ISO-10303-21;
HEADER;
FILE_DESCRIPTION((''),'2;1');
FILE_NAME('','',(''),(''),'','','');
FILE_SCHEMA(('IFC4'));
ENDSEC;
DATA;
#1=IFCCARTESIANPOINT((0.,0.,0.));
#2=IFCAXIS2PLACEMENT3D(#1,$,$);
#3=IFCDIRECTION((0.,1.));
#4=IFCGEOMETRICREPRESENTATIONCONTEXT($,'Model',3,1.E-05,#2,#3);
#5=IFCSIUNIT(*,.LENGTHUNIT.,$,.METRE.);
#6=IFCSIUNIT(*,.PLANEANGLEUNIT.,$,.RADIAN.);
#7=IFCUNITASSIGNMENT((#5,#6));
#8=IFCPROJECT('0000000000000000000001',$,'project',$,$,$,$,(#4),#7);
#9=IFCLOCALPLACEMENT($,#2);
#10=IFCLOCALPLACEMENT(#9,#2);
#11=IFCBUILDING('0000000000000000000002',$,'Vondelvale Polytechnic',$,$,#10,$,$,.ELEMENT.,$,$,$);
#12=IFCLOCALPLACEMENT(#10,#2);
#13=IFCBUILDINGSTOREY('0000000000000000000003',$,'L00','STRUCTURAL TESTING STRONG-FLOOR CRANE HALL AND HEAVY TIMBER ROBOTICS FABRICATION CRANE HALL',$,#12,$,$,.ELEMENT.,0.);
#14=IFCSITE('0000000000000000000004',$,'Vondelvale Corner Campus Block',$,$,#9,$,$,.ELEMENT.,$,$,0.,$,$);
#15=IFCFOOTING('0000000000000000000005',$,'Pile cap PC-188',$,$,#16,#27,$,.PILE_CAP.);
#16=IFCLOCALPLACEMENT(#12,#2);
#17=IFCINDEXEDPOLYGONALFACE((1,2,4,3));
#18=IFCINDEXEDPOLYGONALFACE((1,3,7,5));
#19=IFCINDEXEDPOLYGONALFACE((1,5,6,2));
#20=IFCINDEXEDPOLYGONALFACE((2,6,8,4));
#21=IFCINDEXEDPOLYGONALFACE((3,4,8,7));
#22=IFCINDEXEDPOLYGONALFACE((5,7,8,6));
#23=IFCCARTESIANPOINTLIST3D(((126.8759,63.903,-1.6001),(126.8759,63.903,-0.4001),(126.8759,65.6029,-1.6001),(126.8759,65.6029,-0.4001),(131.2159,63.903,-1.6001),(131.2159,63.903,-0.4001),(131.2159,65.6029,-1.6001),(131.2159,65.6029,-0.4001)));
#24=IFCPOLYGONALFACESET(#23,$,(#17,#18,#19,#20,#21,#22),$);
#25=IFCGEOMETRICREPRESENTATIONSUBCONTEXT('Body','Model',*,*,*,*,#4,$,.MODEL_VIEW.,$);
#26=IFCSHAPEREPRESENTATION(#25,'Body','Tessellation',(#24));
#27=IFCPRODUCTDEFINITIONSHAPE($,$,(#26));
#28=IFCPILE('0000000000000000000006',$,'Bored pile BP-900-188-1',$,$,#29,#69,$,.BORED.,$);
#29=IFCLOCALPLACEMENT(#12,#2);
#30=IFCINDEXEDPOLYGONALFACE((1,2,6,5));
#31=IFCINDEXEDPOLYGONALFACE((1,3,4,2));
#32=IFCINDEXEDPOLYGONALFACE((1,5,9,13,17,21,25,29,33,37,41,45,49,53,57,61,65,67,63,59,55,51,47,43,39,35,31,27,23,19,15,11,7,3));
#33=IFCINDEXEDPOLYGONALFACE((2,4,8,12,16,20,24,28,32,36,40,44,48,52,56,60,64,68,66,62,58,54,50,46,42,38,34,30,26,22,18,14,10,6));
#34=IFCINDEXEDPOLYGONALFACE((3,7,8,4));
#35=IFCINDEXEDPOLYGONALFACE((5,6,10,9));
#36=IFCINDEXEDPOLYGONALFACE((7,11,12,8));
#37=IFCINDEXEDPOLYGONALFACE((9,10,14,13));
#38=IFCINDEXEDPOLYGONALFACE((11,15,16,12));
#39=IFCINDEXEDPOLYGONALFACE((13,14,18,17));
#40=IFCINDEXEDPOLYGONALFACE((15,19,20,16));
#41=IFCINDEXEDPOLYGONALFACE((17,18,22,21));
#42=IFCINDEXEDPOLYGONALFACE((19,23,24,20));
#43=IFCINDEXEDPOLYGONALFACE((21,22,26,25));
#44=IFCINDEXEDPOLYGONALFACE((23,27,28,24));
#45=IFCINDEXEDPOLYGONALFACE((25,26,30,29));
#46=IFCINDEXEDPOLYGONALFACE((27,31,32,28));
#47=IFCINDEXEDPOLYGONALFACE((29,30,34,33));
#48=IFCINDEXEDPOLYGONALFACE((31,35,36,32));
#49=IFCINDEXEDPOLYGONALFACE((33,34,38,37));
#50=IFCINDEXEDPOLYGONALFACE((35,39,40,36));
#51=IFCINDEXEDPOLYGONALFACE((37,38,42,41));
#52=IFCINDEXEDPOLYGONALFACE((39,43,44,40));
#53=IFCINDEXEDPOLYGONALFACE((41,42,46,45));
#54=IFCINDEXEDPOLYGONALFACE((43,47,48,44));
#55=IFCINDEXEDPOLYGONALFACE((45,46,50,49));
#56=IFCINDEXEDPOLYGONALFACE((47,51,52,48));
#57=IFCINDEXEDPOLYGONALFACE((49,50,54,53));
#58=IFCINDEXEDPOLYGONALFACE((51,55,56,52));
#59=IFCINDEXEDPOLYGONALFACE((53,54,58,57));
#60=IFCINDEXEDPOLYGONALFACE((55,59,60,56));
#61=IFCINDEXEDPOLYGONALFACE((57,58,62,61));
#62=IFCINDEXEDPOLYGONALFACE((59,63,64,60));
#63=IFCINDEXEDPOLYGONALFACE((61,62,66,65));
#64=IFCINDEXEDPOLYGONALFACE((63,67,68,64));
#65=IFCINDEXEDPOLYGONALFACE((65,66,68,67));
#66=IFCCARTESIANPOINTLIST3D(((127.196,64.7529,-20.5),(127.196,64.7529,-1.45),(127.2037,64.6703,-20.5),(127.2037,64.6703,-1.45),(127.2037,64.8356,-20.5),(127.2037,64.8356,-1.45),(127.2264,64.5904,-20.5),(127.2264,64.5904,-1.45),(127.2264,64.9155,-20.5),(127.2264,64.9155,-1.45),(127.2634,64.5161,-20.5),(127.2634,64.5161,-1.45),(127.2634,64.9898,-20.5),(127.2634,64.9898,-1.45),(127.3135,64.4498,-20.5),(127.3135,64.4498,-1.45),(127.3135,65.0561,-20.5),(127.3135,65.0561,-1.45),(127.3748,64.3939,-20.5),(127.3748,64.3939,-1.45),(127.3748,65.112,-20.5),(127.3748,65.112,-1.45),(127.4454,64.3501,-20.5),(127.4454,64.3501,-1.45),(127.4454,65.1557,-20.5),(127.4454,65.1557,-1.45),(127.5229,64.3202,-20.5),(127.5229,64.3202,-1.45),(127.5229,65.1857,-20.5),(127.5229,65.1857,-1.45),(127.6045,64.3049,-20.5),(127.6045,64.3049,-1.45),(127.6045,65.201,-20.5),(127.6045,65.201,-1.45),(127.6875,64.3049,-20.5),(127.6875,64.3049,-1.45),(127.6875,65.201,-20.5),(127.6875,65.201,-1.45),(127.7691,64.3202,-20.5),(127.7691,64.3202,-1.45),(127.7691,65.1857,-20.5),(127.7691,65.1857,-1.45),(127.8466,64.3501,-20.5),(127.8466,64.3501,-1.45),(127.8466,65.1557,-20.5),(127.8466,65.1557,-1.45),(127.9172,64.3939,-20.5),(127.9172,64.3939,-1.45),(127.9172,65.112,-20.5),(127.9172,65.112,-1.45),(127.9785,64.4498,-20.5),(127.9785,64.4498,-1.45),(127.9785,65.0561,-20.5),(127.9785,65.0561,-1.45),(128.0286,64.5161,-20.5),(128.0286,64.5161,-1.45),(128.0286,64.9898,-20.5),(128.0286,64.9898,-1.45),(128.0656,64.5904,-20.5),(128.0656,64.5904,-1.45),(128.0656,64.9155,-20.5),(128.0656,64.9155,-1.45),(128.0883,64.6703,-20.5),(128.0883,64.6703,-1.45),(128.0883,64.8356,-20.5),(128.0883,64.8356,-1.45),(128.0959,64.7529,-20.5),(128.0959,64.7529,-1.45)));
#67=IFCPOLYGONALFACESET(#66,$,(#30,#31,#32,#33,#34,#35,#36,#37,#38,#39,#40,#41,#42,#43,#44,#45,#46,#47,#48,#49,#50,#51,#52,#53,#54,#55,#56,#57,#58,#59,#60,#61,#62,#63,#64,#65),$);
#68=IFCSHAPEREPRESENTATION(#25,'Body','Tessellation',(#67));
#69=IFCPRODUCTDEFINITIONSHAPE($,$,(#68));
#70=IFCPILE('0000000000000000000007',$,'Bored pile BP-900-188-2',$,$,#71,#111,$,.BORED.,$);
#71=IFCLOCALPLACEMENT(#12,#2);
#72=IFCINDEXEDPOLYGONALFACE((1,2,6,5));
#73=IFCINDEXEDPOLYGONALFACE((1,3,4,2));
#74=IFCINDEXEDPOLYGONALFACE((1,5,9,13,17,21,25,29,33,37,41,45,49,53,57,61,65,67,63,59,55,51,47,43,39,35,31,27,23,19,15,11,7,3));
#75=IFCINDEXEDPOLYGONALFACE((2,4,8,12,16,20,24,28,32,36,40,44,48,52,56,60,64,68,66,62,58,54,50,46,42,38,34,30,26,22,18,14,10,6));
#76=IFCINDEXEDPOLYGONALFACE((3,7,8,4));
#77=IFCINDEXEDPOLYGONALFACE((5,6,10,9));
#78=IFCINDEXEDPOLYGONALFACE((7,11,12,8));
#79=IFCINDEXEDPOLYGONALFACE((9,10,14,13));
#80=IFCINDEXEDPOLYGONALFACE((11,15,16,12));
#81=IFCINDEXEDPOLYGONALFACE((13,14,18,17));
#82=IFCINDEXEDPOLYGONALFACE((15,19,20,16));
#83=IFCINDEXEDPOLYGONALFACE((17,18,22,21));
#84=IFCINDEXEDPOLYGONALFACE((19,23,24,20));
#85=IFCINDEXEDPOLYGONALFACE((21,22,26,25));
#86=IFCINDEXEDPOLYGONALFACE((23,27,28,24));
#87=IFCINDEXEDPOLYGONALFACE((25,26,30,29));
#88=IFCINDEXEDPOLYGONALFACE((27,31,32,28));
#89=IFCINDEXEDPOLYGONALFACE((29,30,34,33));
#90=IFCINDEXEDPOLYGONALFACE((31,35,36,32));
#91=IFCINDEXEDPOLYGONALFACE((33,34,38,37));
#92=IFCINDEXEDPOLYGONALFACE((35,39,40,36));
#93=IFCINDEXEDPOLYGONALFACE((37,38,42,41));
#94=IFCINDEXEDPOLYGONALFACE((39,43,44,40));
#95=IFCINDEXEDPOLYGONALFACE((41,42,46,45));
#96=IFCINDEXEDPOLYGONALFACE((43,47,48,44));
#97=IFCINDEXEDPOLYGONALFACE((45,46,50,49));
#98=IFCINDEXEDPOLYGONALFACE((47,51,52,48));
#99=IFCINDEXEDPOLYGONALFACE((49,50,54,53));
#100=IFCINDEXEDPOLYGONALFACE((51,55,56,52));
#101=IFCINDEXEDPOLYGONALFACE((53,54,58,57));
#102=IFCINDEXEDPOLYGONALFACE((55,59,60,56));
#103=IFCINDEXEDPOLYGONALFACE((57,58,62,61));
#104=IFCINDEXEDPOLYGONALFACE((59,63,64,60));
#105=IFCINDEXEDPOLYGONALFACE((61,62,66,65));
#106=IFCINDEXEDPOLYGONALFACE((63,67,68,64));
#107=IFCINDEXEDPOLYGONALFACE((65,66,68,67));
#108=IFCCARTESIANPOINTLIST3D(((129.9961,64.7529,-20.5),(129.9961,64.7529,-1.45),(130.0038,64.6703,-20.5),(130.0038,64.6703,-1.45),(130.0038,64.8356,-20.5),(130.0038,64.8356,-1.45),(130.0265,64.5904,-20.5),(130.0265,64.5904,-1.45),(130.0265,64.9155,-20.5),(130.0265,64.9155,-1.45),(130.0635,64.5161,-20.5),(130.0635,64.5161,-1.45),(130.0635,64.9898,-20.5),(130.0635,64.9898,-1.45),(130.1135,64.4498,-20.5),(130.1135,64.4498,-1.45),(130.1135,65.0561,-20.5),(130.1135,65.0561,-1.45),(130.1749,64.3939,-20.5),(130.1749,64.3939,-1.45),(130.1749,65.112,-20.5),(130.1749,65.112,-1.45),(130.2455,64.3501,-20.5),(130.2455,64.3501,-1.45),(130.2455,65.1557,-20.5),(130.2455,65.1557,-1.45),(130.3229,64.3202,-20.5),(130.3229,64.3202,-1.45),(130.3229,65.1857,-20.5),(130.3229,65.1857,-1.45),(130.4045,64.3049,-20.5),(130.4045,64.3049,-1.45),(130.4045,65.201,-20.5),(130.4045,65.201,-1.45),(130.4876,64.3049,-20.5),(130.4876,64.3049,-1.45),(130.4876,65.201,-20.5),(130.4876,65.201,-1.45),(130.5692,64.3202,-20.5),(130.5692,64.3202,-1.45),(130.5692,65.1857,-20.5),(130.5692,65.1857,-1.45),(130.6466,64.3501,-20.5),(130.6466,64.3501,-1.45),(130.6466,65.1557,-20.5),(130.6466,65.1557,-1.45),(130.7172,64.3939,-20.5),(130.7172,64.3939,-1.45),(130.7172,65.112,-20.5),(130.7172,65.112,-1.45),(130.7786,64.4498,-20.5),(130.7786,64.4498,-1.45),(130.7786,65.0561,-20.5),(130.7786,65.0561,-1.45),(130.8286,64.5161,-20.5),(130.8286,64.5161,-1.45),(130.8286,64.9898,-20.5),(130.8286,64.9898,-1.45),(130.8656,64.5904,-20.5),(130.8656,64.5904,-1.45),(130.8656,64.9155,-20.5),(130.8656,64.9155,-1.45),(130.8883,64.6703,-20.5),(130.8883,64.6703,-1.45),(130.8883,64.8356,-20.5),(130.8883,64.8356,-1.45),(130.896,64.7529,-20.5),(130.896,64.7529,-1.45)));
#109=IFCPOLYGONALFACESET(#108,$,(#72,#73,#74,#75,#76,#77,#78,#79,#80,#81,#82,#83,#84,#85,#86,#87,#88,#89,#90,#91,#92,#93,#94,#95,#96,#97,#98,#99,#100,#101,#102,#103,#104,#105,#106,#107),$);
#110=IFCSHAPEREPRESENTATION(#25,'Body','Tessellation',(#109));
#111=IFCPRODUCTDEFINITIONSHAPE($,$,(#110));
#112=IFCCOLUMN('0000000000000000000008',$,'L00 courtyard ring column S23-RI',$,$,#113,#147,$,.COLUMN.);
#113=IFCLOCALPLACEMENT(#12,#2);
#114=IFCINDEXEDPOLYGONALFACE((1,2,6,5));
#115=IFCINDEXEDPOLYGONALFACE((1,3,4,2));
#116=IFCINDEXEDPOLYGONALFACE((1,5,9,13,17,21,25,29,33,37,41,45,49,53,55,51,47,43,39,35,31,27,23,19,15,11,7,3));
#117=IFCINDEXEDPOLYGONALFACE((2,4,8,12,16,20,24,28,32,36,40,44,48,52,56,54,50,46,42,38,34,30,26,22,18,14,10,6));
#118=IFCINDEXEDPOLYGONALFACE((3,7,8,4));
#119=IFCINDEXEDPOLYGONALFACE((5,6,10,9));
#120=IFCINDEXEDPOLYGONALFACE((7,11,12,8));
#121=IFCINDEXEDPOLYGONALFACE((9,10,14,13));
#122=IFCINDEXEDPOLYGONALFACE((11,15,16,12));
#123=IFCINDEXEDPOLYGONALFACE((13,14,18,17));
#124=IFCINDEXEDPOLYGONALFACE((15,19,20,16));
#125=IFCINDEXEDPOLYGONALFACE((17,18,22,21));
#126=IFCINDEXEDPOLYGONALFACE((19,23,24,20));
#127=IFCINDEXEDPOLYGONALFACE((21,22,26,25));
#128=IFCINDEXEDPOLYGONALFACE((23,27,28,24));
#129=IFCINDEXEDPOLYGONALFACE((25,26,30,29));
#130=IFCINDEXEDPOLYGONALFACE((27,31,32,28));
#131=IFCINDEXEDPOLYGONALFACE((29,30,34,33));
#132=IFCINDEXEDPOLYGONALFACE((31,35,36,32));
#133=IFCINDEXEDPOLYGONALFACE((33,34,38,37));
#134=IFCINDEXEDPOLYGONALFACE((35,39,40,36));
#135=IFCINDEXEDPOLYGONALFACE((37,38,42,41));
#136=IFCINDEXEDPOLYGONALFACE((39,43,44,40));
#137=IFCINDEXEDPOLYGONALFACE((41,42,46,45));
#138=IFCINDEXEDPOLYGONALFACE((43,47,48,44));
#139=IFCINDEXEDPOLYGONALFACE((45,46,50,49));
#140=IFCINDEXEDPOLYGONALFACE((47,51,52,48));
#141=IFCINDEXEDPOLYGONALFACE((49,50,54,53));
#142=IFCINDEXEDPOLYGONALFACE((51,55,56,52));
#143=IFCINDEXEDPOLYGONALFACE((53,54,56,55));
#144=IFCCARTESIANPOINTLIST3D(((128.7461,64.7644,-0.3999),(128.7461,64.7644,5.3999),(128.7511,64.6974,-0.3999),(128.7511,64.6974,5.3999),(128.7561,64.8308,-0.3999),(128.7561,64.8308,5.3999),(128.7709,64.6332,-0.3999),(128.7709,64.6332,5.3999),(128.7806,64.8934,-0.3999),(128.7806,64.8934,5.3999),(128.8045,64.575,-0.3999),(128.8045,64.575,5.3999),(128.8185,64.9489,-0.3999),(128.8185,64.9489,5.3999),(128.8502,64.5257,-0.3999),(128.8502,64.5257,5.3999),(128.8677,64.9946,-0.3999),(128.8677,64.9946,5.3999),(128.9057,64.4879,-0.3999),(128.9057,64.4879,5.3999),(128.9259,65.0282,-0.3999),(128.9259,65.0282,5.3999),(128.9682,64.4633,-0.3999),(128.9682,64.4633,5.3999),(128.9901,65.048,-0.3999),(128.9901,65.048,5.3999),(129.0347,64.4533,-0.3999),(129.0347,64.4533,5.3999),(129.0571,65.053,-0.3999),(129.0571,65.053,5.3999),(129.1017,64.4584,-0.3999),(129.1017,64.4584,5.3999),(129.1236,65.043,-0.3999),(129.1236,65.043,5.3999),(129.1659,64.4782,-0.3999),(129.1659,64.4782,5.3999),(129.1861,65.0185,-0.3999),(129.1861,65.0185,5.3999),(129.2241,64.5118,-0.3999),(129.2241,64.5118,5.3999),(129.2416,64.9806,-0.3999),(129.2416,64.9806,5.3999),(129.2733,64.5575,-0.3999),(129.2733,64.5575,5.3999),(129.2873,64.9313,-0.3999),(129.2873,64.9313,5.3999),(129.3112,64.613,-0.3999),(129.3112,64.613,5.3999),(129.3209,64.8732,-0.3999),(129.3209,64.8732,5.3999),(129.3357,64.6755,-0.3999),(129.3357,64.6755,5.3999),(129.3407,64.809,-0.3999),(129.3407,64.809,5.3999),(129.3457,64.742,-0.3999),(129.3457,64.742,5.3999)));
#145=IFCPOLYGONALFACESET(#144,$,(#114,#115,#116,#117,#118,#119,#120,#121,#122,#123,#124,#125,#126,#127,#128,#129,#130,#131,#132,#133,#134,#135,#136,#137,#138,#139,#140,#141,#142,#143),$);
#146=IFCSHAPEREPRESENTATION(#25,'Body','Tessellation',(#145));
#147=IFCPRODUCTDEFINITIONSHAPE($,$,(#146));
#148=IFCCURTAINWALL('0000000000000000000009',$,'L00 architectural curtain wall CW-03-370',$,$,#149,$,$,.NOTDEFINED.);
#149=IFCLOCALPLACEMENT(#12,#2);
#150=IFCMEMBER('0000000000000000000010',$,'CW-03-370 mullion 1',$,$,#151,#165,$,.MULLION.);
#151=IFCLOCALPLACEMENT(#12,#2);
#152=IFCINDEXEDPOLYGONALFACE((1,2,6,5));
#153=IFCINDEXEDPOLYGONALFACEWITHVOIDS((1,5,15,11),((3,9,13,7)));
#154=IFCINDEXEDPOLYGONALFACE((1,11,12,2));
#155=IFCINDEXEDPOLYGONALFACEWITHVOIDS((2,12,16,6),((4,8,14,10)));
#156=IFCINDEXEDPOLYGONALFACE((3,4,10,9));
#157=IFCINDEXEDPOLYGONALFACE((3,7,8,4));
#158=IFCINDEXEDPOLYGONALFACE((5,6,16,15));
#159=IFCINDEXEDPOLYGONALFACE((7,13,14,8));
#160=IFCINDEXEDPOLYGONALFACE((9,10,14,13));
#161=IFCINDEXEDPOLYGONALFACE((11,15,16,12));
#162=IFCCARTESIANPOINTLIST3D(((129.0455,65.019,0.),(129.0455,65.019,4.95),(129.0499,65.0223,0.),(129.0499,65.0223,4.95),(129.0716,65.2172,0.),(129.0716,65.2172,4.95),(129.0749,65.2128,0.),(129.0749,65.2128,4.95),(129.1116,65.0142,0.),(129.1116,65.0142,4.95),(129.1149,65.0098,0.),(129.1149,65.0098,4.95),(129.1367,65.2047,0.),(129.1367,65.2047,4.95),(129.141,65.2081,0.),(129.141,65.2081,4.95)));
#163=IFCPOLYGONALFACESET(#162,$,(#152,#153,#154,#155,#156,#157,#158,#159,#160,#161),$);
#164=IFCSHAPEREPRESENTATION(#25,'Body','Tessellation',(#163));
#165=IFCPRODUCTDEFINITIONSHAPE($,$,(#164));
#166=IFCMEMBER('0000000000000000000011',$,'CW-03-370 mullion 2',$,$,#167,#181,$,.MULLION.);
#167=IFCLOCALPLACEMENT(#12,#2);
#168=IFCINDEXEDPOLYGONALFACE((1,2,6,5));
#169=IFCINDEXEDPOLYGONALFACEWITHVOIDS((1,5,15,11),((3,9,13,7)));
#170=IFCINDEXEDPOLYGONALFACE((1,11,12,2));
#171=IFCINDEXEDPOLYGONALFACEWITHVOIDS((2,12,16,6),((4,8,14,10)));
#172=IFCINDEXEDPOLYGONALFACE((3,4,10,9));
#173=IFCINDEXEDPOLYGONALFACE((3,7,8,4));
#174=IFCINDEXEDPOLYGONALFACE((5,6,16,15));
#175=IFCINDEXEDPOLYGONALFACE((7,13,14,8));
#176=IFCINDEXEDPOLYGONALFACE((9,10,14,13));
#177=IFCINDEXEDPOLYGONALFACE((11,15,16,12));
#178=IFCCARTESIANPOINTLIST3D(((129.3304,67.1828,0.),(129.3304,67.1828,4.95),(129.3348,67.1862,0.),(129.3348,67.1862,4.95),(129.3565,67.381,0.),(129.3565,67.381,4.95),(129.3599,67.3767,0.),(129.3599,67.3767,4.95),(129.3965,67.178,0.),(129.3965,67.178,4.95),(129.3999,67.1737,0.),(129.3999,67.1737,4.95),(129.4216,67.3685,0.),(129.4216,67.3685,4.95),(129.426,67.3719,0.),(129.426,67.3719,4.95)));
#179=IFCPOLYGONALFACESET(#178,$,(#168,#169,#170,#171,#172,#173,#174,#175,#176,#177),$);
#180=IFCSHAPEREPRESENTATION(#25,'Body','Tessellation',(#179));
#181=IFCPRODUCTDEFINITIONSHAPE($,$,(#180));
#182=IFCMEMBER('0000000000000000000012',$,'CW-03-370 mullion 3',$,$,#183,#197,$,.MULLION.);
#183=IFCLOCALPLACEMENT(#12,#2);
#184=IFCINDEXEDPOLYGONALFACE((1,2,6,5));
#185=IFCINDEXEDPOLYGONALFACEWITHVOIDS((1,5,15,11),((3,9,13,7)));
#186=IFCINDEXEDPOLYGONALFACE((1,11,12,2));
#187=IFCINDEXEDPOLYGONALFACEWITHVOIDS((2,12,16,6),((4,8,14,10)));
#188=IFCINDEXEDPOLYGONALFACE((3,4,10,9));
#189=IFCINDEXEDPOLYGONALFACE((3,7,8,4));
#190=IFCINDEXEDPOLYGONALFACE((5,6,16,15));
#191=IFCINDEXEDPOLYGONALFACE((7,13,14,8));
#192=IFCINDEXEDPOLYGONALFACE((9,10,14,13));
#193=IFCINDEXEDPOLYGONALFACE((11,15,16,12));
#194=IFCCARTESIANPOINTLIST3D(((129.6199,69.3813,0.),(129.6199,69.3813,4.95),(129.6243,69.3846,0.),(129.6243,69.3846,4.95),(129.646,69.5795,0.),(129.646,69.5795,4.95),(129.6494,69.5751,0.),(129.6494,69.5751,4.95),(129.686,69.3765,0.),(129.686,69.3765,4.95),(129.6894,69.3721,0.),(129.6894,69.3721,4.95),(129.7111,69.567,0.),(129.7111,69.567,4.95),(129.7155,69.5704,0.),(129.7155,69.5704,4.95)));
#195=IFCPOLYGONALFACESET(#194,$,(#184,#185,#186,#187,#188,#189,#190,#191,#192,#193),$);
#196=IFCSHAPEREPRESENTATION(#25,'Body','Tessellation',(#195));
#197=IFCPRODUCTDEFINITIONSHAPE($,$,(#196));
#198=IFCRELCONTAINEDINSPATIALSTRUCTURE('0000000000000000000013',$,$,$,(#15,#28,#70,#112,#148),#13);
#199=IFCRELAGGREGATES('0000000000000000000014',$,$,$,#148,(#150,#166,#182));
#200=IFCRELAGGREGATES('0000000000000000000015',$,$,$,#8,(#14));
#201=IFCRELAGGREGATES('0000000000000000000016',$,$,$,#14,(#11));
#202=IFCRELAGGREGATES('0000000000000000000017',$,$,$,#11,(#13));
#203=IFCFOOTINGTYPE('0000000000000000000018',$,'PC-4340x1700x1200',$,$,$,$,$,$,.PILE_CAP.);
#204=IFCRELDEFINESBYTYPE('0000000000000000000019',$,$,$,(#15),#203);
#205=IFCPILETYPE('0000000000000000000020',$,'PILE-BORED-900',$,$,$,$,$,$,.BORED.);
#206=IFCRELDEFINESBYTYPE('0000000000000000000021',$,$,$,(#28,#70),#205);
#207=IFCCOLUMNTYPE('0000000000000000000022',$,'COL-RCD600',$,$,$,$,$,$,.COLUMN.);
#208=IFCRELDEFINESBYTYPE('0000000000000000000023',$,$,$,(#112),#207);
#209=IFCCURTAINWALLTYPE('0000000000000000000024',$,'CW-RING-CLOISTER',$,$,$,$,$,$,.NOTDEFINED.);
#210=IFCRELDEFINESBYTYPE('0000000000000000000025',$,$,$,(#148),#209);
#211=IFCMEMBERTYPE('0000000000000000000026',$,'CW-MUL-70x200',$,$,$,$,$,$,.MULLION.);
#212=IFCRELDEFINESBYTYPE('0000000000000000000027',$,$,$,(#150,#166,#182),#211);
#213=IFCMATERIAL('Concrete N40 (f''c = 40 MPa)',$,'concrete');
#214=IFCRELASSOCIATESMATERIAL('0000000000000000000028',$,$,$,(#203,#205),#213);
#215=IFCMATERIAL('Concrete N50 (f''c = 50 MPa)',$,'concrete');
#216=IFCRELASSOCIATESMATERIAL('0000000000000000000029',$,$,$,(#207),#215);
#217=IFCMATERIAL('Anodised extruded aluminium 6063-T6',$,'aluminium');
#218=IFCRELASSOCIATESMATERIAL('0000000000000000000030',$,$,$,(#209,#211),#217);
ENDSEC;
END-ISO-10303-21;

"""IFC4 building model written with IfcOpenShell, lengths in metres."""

from ifc_helpers import new_model, si_unit, direction, frame, origin, origin_2d, place, context, subcontext, project, spatial, rectangle, hollow_rectangle, circle, extrude, material, material_profile, profile_set, type_object, element, aggregate, save


model = new_model("IFC4")

# Units and contexts
model_context = context("Model", 3, precision=1e-05, world=origin(), true_north=direction((0.0, 1.0)))
body_context = subcontext(model_context, "Body", "Model", "MODEL_VIEW")
ifc_project = project(units=[si_unit("LENGTHUNIT", "METRE"), si_unit("PLANEANGLEUNIT", "RADIAN")], contexts=[model_context])

# Site, building, storey
site_placement = place(None, origin())
site = spatial("IfcSite", under=ifc_project, at=site_placement, Name="Vondelvale Corner Campus Block", CompositionType="ELEMENT", RefElevation=0.0)
building_placement = place(site_placement, origin())
building = spatial("IfcBuilding", under=site, at=building_placement, Name="Vondelvale Polytechnic", CompositionType="ELEMENT")
storey_placement = place(building_placement, origin())
storey = spatial("IfcBuildingStorey", under=building, at=storey_placement, Name="L00", Description="STRUCTURAL TESTING STRONG-FLOOR CRANE HALL AND HEAVY TIMBER ROBOTICS FABRICATION CRANE HALL", CompositionType="ELEMENT", Elevation=0.0)

# Footing
ifc_material_1 = material(Name="Concrete N40 (f'c = 40 MPa)", Category="concrete")
footing_type = type_object("IfcFootingType", Name="PC-4340x1700x1200", PredefinedType="PILE_CAP", material=ifc_material_1)
footing_placement = place(storey_placement, frame((129.0459, 64.7529, -1.6001), z_axis=(0.0, 0.0, 1.0), x_axis=(1.0, 0.0, 0.0)))
element("IfcFooting", 1, at=footing_placement, inside=storey, type_object=footing_type, Name="Pile cap PC-188", PredefinedType="PILE_CAP", context=body_context, shape_type="SweptSolid", body=[
    extrude(rectangle(XDim=4.3401, YDim=1.7, at=origin_2d()), origin(), (0.0, 0.0, 1.0), 1.2),
])

# Piles
ifc_material_profile_1 = material_profile(ifc_material_1, circle(Radius=0.45, at=origin_2d()), Name="PILE-D900")
ifc_profile_set_1 = profile_set([ifc_material_profile_1], Name="Concrete N40 (f'c = 40 MPa)")
pile_type = type_object("IfcPileType", Name="PILE-BORED-900", PredefinedType="BORED", material=ifc_profile_set_1)
for number, where, z_axis, x_axis, name in (
    (2, (127.646, 64.7529, -1.45), (0.0, 0.0, -1.0), (1.0, 0.0, 0.0), "Bored pile BP-900-188-1"),
    (3, (130.446, 64.7529, -1.45), (0.0, 0.0, -1.0), (1.0, 0.0, 0.0), "Bored pile BP-900-188-2"),
):
    element("IfcPile", number, at=place(storey_placement, frame(where, z_axis=z_axis, x_axis=x_axis)), inside=storey, type_object=pile_type, Name=name, PredefinedType="BORED", context=body_context, shape_type="SweptSolid", body=[
        extrude(circle(Radius=0.45, at=origin_2d()), origin(), (0.0, 0.0, 1.0), 19.05),
    ])

# Column
ifc_material_2 = material(Name="Concrete N50 (f'c = 50 MPa)", Category="concrete")
ifc_material_profile_2 = material_profile(ifc_material_2, circle(Radius=0.3, at=origin_2d()), Name="RC-COL-D600")
ifc_profile_set_2 = profile_set([ifc_material_profile_2], Name="Concrete N50 (f'c = 50 MPa)")
column_type = type_object("IfcColumnType", Name="COL-RCD600", PredefinedType="COLUMN", material=ifc_profile_set_2)
column_placement = place(storey_placement, frame((129.0459, 64.7532, -0.3999), z_axis=(0.0, 0.0, 1.0), x_axis=(-0.965926, 0.258819, 0.0)))
element("IfcColumn", 4, at=column_placement, inside=storey, type_object=column_type, Name="L00 courtyard ring column S23-RI", PredefinedType="COLUMN", context=body_context, shape_type="SweptSolid", body=[
    extrude(circle(Radius=0.3, at=origin_2d()), origin(), (0.0, 0.0, 1.0), 5.7998),
])

# Curtain wall, members
ifc_material_3 = material(Name="Anodised extruded aluminium 6063-T6", Category="aluminium")
curtain_wall_type = type_object("IfcCurtainWallType", Name="CW-RING-CLOISTER", PredefinedType="NOTDEFINED", material=ifc_material_3)
curtain_wall_placement = place(storey_placement, origin())
curtain_wall = element("IfcCurtainWall", 5, at=curtain_wall_placement, inside=storey, type_object=curtain_wall_type, Name="L00 architectural curtain wall CW-03-370", PredefinedType="NOTDEFINED")
ifc_material_profile_3 = material_profile(ifc_material_3, hollow_rectangle(XDim=0.0701, YDim=0.2, WallThickness=0.0039, at=origin_2d()), Name="CW-MUL-200x70")
ifc_profile_set_3 = profile_set([ifc_material_profile_3], Name="Anodised extruded aluminium 6063-T6")
member_type_1 = type_object("IfcMemberType", Name="CW-MUL-70x200", PredefinedType="MULLION", material=ifc_profile_set_3)
member_1_placement = place(storey_placement, frame((129.0933, 65.1135, 0.0), z_axis=(0.0, 0.0, 1.0), x_axis=(-0.991445, 0.130528, 0.0)))
member_1 = element("IfcMember", 6, at=member_1_placement, type_object=member_type_1, Name="CW-03-370 mullion 1", PredefinedType="MULLION", context=body_context, shape_type="SweptSolid", body=[
    extrude(hollow_rectangle(XDim=0.0701, YDim=0.2, WallThickness=0.0039, at=origin_2d()), origin(), (0.0, 0.0, 1.0), 4.95),
])
member_2_placement = place(storey_placement, frame((129.3782, 67.2773, 0.0), z_axis=(0.0, 0.0, 1.0), x_axis=(-0.991445, 0.130528, 0.0)))
member_2 = element("IfcMember", 7, at=member_2_placement, type_object=member_type_1, Name="CW-03-370 mullion 2", PredefinedType="MULLION", context=body_context, shape_type="SweptSolid", body=[
    extrude(hollow_rectangle(XDim=0.0701, YDim=0.2, WallThickness=0.0039, at=origin_2d()), origin(), (0.0, 0.0, 1.0), 4.95),
])
member_3_placement = place(storey_placement, frame((129.6677, 69.4758, 0.0), z_axis=(0.0, 0.0, 1.0), x_axis=(-0.991445, 0.130528, 0.0)))
member_3 = element("IfcMember", 8, at=member_3_placement, type_object=member_type_1, Name="CW-03-370 mullion 3", PredefinedType="MULLION", context=body_context, shape_type="SweptSolid", body=[
    extrude(hollow_rectangle(XDim=0.0701, YDim=0.2, WallThickness=0.0039, at=origin_2d()), origin(), (0.0, 0.0, 1.0), 4.95),
])
aggregate(curtain_wall, [member_1, member_2, member_3])

save(model, "model.ifc")
